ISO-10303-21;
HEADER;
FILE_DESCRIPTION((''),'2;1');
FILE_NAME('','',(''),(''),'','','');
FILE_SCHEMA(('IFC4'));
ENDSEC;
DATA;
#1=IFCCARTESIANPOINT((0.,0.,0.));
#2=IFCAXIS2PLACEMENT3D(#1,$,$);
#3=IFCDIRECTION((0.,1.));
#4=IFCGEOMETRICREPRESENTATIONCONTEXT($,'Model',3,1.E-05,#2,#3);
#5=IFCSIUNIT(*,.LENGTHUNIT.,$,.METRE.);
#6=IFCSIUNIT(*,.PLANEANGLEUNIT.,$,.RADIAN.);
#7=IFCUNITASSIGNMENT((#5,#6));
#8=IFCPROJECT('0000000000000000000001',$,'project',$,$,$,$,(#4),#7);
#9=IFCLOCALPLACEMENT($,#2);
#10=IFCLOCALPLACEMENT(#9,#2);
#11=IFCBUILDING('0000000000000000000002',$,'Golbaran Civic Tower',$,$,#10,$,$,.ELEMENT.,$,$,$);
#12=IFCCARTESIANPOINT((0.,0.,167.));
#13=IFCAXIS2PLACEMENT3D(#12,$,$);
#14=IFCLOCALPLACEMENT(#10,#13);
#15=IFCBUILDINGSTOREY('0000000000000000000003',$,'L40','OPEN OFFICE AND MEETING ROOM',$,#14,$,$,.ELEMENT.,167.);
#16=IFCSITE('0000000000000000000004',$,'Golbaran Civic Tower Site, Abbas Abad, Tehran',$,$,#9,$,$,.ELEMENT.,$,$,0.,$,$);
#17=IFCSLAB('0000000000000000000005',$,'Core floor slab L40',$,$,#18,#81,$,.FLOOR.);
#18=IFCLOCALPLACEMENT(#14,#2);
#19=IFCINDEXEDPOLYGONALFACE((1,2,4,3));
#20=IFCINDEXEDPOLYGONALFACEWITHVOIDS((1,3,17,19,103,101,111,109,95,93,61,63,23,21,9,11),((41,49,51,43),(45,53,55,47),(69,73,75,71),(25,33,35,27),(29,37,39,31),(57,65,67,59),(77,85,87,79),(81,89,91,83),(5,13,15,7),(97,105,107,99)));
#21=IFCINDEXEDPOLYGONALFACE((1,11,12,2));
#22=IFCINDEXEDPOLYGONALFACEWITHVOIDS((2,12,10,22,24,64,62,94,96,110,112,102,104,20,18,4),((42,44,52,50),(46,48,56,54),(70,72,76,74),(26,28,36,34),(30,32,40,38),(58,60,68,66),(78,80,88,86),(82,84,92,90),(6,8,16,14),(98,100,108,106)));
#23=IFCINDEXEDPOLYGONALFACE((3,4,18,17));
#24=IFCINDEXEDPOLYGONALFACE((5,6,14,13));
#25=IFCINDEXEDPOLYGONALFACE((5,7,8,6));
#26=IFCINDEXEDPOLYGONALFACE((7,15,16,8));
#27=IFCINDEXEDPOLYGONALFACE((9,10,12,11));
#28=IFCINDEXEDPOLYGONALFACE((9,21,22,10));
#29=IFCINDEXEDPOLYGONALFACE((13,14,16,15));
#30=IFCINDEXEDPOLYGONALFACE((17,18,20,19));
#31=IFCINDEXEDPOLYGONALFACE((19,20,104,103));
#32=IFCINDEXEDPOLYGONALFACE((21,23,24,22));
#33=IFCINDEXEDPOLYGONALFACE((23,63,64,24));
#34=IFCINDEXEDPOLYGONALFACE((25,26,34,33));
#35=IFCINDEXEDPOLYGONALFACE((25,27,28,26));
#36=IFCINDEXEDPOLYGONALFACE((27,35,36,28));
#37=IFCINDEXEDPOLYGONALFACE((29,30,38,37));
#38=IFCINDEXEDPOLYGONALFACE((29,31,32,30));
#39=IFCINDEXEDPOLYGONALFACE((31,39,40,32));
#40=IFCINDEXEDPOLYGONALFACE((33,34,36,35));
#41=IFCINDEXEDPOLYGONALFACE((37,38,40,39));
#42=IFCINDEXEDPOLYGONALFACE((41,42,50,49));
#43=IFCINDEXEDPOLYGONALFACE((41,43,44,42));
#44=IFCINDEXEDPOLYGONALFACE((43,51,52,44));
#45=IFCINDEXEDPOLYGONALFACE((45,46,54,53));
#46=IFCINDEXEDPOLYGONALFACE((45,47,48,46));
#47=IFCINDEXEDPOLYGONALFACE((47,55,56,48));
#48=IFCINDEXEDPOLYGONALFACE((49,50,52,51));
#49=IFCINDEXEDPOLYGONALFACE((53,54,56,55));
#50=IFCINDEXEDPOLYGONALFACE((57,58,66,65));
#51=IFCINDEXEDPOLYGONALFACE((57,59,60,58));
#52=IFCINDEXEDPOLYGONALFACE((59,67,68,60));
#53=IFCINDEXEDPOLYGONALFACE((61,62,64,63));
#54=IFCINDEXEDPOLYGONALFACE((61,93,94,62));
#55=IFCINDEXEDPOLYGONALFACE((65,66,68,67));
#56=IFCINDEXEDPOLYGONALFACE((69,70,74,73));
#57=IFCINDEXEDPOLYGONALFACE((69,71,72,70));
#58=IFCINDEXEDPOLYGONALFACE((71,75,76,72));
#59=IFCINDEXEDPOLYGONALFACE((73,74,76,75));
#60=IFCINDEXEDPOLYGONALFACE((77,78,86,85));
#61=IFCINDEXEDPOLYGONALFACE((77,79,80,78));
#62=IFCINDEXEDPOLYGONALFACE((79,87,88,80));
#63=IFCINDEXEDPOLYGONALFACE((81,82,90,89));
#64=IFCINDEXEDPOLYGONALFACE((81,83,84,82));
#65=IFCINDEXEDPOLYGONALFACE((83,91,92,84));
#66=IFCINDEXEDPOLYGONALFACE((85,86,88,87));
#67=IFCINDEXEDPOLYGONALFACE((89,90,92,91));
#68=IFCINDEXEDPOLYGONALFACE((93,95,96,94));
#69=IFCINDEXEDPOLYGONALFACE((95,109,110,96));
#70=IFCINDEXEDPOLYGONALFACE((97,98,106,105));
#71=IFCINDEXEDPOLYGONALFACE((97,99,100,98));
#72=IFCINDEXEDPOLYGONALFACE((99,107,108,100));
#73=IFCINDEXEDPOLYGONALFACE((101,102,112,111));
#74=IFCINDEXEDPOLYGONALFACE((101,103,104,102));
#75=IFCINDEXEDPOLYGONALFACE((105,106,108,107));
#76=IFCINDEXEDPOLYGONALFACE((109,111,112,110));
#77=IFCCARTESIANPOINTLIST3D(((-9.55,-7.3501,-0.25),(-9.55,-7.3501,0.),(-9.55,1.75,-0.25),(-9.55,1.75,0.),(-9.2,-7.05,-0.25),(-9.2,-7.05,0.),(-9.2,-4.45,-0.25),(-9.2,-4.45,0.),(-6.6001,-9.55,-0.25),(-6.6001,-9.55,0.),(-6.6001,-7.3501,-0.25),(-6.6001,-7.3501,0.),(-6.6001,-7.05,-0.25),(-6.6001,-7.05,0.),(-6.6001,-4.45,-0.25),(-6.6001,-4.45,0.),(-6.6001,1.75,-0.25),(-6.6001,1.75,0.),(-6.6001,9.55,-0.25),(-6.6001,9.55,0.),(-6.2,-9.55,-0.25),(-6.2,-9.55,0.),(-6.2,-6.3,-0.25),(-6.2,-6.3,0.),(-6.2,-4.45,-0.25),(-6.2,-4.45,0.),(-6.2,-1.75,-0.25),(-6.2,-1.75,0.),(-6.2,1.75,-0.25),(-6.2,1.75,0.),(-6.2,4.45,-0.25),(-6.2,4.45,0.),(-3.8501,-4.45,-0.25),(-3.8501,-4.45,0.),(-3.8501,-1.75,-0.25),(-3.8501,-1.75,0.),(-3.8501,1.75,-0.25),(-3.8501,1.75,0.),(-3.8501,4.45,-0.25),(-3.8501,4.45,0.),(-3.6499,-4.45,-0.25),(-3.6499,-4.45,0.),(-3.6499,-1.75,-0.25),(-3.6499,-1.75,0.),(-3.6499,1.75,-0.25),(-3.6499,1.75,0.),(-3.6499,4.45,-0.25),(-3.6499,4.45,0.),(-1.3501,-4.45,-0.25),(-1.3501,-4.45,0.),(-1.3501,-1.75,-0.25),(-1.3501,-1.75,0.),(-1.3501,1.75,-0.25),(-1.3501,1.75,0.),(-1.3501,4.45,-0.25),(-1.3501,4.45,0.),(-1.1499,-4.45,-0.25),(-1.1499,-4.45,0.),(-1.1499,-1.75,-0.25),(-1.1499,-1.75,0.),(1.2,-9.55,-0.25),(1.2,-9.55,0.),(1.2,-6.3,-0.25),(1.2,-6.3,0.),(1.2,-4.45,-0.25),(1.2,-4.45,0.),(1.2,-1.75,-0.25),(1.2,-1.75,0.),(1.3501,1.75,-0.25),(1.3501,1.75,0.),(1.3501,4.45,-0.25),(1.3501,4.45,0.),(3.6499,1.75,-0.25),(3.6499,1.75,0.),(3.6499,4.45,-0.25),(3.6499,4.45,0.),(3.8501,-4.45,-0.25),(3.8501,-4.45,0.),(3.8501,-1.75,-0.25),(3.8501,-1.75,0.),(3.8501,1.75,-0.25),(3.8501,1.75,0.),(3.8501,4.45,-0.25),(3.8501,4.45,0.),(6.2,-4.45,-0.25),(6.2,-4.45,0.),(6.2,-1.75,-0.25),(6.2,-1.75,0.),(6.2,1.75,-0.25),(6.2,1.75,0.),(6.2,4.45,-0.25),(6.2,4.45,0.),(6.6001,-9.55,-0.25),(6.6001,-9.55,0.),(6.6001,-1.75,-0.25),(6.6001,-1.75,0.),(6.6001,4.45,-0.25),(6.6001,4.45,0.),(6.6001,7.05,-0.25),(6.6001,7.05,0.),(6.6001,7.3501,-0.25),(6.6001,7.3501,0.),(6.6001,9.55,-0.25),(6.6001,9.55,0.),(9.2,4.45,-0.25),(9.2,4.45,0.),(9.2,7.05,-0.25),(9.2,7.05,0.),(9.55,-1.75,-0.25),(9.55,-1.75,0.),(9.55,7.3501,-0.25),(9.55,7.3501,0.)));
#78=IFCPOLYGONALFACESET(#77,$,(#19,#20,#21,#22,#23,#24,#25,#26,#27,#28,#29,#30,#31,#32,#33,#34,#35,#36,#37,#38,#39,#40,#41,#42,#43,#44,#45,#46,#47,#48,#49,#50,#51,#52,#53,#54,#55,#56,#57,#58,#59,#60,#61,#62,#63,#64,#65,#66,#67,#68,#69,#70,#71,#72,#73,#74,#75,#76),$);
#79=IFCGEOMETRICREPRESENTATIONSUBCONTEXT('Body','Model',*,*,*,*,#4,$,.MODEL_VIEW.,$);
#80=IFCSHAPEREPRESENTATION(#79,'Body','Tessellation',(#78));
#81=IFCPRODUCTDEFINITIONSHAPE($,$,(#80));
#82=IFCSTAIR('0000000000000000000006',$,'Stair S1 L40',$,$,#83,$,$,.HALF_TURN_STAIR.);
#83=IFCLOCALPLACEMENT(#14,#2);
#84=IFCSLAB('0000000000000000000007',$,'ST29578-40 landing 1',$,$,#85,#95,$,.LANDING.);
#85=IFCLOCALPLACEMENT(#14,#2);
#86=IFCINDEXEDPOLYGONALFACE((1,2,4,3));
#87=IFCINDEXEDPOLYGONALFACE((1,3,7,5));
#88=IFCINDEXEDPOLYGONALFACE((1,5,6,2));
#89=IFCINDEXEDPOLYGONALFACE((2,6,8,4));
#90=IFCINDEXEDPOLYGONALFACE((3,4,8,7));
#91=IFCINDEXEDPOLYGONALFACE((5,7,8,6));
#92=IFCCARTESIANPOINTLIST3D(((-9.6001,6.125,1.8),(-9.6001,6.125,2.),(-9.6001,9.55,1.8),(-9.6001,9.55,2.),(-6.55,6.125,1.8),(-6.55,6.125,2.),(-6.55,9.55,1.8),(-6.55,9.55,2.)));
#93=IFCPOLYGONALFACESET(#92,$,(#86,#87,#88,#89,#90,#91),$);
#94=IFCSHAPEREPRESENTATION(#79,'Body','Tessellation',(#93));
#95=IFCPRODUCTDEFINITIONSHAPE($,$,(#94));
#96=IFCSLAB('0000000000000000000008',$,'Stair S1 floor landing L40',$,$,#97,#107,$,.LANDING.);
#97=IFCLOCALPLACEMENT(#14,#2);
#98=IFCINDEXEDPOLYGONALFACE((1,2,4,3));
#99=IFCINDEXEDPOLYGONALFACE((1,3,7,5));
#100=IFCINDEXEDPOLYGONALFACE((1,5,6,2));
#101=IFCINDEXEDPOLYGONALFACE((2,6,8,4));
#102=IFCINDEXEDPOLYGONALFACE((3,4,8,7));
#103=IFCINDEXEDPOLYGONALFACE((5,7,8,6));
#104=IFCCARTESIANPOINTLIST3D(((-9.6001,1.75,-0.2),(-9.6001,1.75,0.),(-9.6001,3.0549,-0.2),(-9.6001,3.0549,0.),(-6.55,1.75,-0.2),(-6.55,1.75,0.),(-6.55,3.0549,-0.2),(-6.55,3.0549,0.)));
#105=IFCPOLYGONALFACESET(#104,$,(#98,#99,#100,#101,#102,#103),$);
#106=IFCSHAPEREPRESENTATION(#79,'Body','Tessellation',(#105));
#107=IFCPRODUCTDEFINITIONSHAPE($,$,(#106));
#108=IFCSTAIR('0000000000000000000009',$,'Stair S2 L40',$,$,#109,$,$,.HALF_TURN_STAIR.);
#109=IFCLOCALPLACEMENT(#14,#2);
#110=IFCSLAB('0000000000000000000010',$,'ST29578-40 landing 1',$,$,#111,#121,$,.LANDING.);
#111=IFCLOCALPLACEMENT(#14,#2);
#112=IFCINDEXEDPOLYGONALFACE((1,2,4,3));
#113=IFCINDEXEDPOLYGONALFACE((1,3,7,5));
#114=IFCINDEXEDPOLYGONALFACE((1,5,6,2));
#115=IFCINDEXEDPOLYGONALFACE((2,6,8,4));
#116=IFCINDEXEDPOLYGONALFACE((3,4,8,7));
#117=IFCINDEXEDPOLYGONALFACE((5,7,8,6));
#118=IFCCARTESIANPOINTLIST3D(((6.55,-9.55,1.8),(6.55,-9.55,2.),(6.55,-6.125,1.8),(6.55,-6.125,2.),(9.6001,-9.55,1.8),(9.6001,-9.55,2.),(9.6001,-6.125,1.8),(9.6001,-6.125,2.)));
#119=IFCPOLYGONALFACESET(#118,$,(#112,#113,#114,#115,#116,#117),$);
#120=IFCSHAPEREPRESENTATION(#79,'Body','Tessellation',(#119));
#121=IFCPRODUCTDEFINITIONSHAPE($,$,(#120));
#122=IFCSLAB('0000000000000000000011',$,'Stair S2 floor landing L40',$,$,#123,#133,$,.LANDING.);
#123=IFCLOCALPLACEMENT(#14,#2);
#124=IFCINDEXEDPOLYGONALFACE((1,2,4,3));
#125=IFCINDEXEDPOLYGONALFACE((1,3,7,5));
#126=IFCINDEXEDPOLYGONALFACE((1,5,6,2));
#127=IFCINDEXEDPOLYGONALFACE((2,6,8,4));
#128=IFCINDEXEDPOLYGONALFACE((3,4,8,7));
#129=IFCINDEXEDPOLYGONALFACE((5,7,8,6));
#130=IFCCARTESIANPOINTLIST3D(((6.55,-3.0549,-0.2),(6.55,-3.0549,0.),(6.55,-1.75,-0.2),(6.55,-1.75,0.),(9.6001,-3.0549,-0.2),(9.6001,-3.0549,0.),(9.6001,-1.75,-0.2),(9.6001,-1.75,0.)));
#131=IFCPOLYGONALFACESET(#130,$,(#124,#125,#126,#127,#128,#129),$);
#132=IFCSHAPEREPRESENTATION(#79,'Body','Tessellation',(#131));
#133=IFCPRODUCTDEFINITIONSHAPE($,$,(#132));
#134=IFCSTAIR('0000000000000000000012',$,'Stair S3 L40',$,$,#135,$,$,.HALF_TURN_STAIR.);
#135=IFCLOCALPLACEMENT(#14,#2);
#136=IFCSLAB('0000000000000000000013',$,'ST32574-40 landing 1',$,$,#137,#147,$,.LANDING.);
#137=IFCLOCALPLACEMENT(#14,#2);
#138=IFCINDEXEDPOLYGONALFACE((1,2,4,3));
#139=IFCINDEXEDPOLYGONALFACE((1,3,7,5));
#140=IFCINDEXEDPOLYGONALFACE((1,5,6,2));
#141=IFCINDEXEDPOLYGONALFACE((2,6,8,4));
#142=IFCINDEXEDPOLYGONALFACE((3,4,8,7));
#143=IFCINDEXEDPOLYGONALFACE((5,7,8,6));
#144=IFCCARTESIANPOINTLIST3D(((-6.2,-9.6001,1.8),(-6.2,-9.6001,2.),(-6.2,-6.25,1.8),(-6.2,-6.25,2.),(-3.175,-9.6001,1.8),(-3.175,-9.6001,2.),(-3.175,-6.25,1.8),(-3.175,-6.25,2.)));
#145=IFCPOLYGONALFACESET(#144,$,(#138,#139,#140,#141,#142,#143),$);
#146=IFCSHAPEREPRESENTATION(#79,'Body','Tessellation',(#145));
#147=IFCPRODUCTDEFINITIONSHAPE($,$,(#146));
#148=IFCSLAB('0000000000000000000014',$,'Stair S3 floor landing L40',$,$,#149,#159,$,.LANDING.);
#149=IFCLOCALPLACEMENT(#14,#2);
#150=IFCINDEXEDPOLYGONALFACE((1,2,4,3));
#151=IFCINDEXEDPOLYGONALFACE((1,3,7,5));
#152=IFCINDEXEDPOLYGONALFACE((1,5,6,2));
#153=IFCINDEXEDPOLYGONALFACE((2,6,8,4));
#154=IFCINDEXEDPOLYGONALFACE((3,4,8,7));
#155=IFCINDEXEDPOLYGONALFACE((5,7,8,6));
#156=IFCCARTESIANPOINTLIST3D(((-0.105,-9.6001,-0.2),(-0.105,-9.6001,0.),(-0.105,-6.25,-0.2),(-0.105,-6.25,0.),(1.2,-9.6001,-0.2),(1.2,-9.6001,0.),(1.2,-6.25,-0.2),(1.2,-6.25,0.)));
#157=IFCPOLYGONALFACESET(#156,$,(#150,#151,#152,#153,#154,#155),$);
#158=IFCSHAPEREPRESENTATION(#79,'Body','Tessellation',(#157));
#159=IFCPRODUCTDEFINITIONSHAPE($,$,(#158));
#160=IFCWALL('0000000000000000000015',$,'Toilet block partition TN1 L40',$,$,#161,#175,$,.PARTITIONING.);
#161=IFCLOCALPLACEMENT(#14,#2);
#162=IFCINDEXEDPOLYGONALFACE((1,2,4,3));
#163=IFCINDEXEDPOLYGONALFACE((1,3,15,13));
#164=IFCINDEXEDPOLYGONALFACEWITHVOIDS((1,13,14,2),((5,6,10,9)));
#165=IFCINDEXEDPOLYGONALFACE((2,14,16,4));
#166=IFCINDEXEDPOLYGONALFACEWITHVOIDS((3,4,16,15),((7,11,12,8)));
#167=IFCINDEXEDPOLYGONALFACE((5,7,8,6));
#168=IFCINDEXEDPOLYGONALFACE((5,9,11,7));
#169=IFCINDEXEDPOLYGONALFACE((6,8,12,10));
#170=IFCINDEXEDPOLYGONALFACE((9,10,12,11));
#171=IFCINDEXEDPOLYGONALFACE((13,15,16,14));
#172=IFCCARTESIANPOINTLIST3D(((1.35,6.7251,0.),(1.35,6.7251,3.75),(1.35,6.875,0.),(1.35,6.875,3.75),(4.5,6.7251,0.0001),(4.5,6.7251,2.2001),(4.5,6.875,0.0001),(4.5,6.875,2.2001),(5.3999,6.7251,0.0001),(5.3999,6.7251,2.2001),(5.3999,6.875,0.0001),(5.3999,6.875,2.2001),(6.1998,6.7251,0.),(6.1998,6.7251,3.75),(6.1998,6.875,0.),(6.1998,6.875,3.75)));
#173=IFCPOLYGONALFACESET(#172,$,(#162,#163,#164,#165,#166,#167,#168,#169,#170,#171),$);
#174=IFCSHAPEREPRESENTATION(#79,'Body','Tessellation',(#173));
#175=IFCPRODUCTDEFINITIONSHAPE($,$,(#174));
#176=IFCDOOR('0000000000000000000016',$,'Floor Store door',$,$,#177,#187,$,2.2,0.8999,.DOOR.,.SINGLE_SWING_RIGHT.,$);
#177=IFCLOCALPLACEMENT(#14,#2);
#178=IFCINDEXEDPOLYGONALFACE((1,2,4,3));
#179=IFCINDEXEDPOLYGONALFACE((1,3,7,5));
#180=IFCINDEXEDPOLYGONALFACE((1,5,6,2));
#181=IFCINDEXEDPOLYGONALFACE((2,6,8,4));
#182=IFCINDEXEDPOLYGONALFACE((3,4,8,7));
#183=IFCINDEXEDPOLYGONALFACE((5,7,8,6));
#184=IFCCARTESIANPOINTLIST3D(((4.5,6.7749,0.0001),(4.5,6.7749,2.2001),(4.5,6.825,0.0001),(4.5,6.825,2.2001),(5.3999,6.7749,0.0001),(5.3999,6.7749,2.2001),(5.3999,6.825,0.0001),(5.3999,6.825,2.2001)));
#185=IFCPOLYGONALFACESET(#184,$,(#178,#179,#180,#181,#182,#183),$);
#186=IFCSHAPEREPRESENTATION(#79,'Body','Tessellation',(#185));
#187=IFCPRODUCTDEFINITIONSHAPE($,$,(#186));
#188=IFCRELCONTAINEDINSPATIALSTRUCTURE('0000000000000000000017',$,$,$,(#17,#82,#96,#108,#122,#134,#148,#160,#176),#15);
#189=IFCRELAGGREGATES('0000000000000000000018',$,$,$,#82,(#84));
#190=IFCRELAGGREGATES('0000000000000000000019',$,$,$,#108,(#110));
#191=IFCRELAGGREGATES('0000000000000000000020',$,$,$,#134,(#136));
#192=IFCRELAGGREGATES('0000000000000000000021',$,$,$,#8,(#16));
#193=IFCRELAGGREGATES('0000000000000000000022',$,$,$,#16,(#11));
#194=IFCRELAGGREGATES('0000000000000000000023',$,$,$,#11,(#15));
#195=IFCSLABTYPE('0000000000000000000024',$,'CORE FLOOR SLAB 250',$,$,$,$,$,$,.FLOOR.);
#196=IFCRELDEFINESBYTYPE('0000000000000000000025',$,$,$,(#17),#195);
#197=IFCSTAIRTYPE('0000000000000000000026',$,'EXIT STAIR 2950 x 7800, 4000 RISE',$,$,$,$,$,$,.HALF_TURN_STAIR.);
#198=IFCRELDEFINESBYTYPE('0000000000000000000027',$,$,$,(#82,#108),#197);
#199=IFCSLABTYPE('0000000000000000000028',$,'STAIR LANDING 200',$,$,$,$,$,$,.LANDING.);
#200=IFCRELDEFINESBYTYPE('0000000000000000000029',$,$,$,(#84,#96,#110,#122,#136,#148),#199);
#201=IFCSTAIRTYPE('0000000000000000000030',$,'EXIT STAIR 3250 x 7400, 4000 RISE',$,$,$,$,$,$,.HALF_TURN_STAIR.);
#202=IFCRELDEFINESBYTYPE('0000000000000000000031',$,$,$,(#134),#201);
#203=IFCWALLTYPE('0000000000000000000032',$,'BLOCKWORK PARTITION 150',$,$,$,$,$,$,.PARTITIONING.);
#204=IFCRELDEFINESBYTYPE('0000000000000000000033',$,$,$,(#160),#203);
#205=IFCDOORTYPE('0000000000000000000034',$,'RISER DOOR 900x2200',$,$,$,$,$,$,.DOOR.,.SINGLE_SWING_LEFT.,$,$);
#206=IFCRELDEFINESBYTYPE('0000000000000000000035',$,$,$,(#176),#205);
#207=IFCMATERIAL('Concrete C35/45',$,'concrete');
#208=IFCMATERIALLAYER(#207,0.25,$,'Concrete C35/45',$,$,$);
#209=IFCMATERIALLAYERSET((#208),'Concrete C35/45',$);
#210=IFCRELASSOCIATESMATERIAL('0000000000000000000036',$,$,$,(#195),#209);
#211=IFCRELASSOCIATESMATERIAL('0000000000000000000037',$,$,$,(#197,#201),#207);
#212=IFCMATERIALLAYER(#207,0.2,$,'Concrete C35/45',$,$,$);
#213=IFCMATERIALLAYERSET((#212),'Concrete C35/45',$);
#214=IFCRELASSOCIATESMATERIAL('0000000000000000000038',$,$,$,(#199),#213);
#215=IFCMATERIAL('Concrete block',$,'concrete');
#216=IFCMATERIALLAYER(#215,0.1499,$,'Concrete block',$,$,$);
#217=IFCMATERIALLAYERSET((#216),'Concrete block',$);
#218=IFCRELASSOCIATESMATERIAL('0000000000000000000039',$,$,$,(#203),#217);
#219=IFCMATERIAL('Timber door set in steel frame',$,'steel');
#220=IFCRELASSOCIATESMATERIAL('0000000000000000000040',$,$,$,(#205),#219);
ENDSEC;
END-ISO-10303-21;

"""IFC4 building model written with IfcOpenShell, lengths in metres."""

from ifc_helpers import new_model, si_unit, direction, frame, frame_2d, origin, place, context, subcontext, project, spatial, polyline, rectangle, outline, extrude, material, layer, layer_set, type_object, element, fill, aggregate, save


model = new_model("IFC4")

# Units and contexts
model_context = context("Model", 3, precision=1e-05, world=origin(), true_north=direction((0.0, 1.0)))
body_context = subcontext(model_context, "Body", "Model", "MODEL_VIEW")
ifc_project = project(units=[si_unit("LENGTHUNIT", "METRE"), si_unit("PLANEANGLEUNIT", "RADIAN")], contexts=[model_context])

# Site, building, storey
site_placement = place(None, origin())
site = spatial("IfcSite", under=ifc_project, at=site_placement, Name="Golbaran Civic Tower Site, Abbas Abad, Tehran", CompositionType="ELEMENT", RefElevation=0.0)
building_placement = place(site_placement, origin())
building = spatial("IfcBuilding", under=site, at=building_placement, Name="Golbaran Civic Tower", CompositionType="ELEMENT")
storey_placement = place(building_placement, frame((0.0, 0.0, 167.0)))
storey = spatial("IfcBuildingStorey", under=building, at=storey_placement, Name="L40", Description="OPEN OFFICE AND MEETING ROOM", CompositionType="ELEMENT", Elevation=167.0)

# Slab
ifc_material_1 = material(Name="Concrete C35/45", Category="concrete")
ifc_layer_1 = layer(ifc_material_1, 0.25, Name="Concrete C35/45")
ifc_layer_set_1 = layer_set([ifc_layer_1], Name="Concrete C35/45")
slab_type_1 = type_object("IfcSlabType", Name="CORE FLOOR SLAB 250", PredefinedType="FLOOR", material=ifc_layer_set_1)
slab_1_placement = place(storey_placement, frame((0.0, 0.0, -0.25)))
element("IfcSlab", 1, at=slab_1_placement, inside=storey, type_object=slab_type_1, Name="Core floor slab L40", PredefinedType="FLOOR", context=body_context, shape_type="SweptSolid", body=[
    extrude(outline(polyline([(6.6001, -1.75), (6.6001, -9.55), (1.2, -9.55), (1.2, -6.3), (-6.2, -6.3), (-6.2, -9.55), (-6.6001, -9.55), (-6.6001, -7.3501), (-9.55, -7.3501), (-9.55, 1.75), (-6.6001, 1.75), (-6.6001, 9.55), (6.6001, 9.55), (6.6001, 7.3501), (9.55, 7.3501), (9.55, -1.75), (6.6001, -1.75)]), holes=[polyline([(9.2, 7.05), (6.6001, 7.05), (6.6001, 4.45), (9.2, 4.45), (9.2, 7.05)]), polyline([(6.2, -1.75), (3.8501, -1.75), (3.8501, -4.45), (6.2, -4.45), (6.2, -1.75)]), polyline([(6.2, 4.45), (3.8501, 4.45), (3.8501, 1.75), (6.2, 1.75), (6.2, 4.45)]), polyline([(3.6499, 4.45), (1.3501, 4.45), (1.3501, 1.75), (3.6499, 1.75), (3.6499, 4.45)]), polyline([(1.2, -1.75), (-1.1499, -1.75), (-1.1499, -4.45), (1.2, -4.45), (1.2, -1.75)]), polyline([(-1.3501, 4.45), (-3.6499, 4.45), (-3.6499, 1.75), (-1.3501, 1.75), (-1.3501, 4.45)]), polyline([(-1.3501, -1.75), (-3.6499, -1.75), (-3.6499, -4.45), (-1.3501, -4.45), (-1.3501, -1.75)]), polyline([(-3.8501, -1.75), (-6.2, -1.75), (-6.2, -4.45), (-3.8501, -4.45), (-3.8501, -1.75)]), polyline([(-3.8501, 4.45), (-6.2, 4.45), (-6.2, 1.75), (-3.8501, 1.75), (-3.8501, 4.45)]), polyline([(-6.6001, -4.45), (-9.2, -4.45), (-9.2, -7.05), (-6.6001, -7.05), (-6.6001, -4.45)])]), origin(), (0.0, 0.0, 1.0), 0.25),
])

# Stair, slab
stair_type_1 = type_object("IfcStairType", Name="EXIT STAIR 2950 x 7800, 4000 RISE", PredefinedType="HALF_TURN_STAIR", material=ifc_material_1)
stair_1_placement = place(storey_placement, origin())
stair_1 = element("IfcStair", 2, at=stair_1_placement, inside=storey, type_object=stair_type_1, Name="Stair S1 L40", PredefinedType="HALF_TURN_STAIR")
ifc_layer_2 = layer(ifc_material_1, 0.2, Name="Concrete C35/45")
ifc_layer_set_2 = layer_set([ifc_layer_2], Name="Concrete C35/45")
slab_type_2 = type_object("IfcSlabType", Name="STAIR LANDING 200", PredefinedType="LANDING", material=ifc_layer_set_2)
slab_2_placement = place(storey_placement, frame((0.0, 0.0, 1.8)))
slab_2 = element("IfcSlab", 3, at=slab_2_placement, type_object=slab_type_2, Name="ST29578-40 landing 1", PredefinedType="LANDING", context=body_context, shape_type="SweptSolid", body=[
    extrude(outline(polyline([(-9.6001, 6.125), (-9.6001, 9.55), (-6.55, 9.55), (-6.55, 6.125), (-9.6001, 6.125)])), origin(), (0.0, 0.0, 1.0), 0.2),
])
aggregate(stair_1, [slab_2])

# Slab
slab_3_placement = place(storey_placement, frame((0.0, 0.0, -0.2)))
element("IfcSlab", 4, at=slab_3_placement, inside=storey, type_object=slab_type_2, Name="Stair S1 floor landing L40", PredefinedType="LANDING", context=body_context, shape_type="SweptSolid", body=[
    extrude(outline(polyline([(-9.6001, 1.75), (-9.6001, 3.0549), (-6.55, 3.0549), (-6.55, 1.75), (-9.6001, 1.75)])), origin(), (0.0, 0.0, 1.0), 0.2),
])

# Stair, slab
stair_2_placement = place(storey_placement, origin())
stair_2 = element("IfcStair", 5, at=stair_2_placement, inside=storey, type_object=stair_type_1, Name="Stair S2 L40", PredefinedType="HALF_TURN_STAIR")
slab_4_placement = place(storey_placement, frame((0.0, 0.0, 1.8)))
slab_4 = element("IfcSlab", 6, at=slab_4_placement, type_object=slab_type_2, Name="ST29578-40 landing 1", PredefinedType="LANDING", context=body_context, shape_type="SweptSolid", body=[
    extrude(outline(polyline([(9.6001, -6.125), (9.6001, -9.55), (6.55, -9.55), (6.55, -6.125), (9.6001, -6.125)])), origin(), (0.0, 0.0, 1.0), 0.2),
])
aggregate(stair_2, [slab_4])

# Slab
slab_5_placement = place(storey_placement, frame((0.0, 0.0, -0.2)))
element("IfcSlab", 7, at=slab_5_placement, inside=storey, type_object=slab_type_2, Name="Stair S2 floor landing L40", PredefinedType="LANDING", context=body_context, shape_type="SweptSolid", body=[
    extrude(outline(polyline([(9.6001, -1.75), (9.6001, -3.0549), (6.55, -3.0549), (6.55, -1.75), (9.6001, -1.75)])), origin(), (0.0, 0.0, 1.0), 0.2),
])

# Stair, slab
stair_type_2 = type_object("IfcStairType", Name="EXIT STAIR 3250 x 7400, 4000 RISE", PredefinedType="HALF_TURN_STAIR", material=ifc_material_1)
stair_3_placement = place(storey_placement, origin())
stair_3 = element("IfcStair", 8, at=stair_3_placement, inside=storey, type_object=stair_type_2, Name="Stair S3 L40", PredefinedType="HALF_TURN_STAIR")
slab_6_placement = place(storey_placement, frame((0.0, 0.0, 1.8)))
slab_6 = element("IfcSlab", 9, at=slab_6_placement, type_object=slab_type_2, Name="ST32574-40 landing 1", PredefinedType="LANDING", context=body_context, shape_type="SweptSolid", body=[
    extrude(outline(polyline([(-3.175, -9.6001), (-6.2, -9.6001), (-6.2, -6.25), (-3.175, -6.25), (-3.175, -9.6001)])), origin(), (0.0, 0.0, 1.0), 0.2),
])
aggregate(stair_3, [slab_6])

# Slab
slab_7_placement = place(storey_placement, frame((0.0, 0.0, -0.2)))
element("IfcSlab", 10, at=slab_7_placement, inside=storey, type_object=slab_type_2, Name="Stair S3 floor landing L40", PredefinedType="LANDING", context=body_context, shape_type="SweptSolid", body=[
    extrude(outline(polyline([(1.2, -9.6001), (-0.105, -9.6001), (-0.105, -6.25), (1.2, -6.25), (1.2, -9.6001)])), origin(), (0.0, 0.0, 1.0), 0.2),
])

# Wall, opening, door
ifc_material_2 = material(Name="Concrete block", Category="concrete")
ifc_layer_3 = layer(ifc_material_2, 0.1499, Name="Concrete block")
ifc_layer_set_3 = layer_set([ifc_layer_3], Name="Concrete block")
wall_type_1 = type_object("IfcWallType", Name="BLOCKWORK PARTITION 150", PredefinedType="PARTITIONING", material=ifc_layer_set_3)
wall_1_placement = place(storey_placement, frame((1.3501, 6.8, 0.0), z_axis=(0.0, 0.0, 1.0), x_axis=(1.0, 0.0, 0.0)))
wall_1 = element("IfcWall", 11, at=wall_1_placement, inside=storey, type_object=wall_type_1, Name="Toilet block partition TN1 L40", PredefinedType="PARTITIONING", context=body_context, shape_type="SweptSolid", body=[
    extrude(rectangle(XDim=4.8499, YDim=0.1499, at=frame_2d((2.4248, 0.0))), origin(), (0.0, 0.0, 1.0), 3.75),
])
opening_1_placement = place(wall_1_placement, frame((3.1499, 0.0, 0.0)))
opening_1 = element("IfcOpeningElement", 12, at=opening_1_placement, cuts=wall_1, PredefinedType="OPENING", context=body_context, shape_type="SweptSolid", body=[
    extrude(rectangle(XDim=0.8999, YDim=2.2, at=frame_2d((0.45, 1.1001))), frame((0.0, 0.085, 0.0), z_axis=(0.0, -1.0, 0.0), x_axis=(1.0, 0.0, 0.0)), (0.0, 0.0, 1.0), 0.1699),
])
ifc_material_3 = material(Name="Timber door set in steel frame", Category="steel")
door_type_1 = type_object("IfcDoorType", Name="RISER DOOR 900x2200", OperationType="SINGLE_SWING_LEFT", PredefinedType="DOOR", material=ifc_material_3)
door_1_placement = place(opening_1_placement, origin())
door_1 = element("IfcDoor", 13, at=door_1_placement, inside=storey, type_object=door_type_1, Name="Floor Store door", OperationType="SINGLE_SWING_RIGHT", OverallHeight=2.2, OverallWidth=0.8999, PredefinedType="DOOR", context=body_context, shape_type="SweptSolid", body=[
    extrude(rectangle(XDim=0.8999, YDim=2.2, at=frame_2d((0.45, 1.1001))), frame((0.0, 0.0249, 0.0), z_axis=(0.0, -1.0, 0.0), x_axis=(1.0, 0.0, 0.0)), (0.0, 0.0, 1.0), 0.05),
])
fill(opening_1, door_1)

save(model, "model.ifc")
